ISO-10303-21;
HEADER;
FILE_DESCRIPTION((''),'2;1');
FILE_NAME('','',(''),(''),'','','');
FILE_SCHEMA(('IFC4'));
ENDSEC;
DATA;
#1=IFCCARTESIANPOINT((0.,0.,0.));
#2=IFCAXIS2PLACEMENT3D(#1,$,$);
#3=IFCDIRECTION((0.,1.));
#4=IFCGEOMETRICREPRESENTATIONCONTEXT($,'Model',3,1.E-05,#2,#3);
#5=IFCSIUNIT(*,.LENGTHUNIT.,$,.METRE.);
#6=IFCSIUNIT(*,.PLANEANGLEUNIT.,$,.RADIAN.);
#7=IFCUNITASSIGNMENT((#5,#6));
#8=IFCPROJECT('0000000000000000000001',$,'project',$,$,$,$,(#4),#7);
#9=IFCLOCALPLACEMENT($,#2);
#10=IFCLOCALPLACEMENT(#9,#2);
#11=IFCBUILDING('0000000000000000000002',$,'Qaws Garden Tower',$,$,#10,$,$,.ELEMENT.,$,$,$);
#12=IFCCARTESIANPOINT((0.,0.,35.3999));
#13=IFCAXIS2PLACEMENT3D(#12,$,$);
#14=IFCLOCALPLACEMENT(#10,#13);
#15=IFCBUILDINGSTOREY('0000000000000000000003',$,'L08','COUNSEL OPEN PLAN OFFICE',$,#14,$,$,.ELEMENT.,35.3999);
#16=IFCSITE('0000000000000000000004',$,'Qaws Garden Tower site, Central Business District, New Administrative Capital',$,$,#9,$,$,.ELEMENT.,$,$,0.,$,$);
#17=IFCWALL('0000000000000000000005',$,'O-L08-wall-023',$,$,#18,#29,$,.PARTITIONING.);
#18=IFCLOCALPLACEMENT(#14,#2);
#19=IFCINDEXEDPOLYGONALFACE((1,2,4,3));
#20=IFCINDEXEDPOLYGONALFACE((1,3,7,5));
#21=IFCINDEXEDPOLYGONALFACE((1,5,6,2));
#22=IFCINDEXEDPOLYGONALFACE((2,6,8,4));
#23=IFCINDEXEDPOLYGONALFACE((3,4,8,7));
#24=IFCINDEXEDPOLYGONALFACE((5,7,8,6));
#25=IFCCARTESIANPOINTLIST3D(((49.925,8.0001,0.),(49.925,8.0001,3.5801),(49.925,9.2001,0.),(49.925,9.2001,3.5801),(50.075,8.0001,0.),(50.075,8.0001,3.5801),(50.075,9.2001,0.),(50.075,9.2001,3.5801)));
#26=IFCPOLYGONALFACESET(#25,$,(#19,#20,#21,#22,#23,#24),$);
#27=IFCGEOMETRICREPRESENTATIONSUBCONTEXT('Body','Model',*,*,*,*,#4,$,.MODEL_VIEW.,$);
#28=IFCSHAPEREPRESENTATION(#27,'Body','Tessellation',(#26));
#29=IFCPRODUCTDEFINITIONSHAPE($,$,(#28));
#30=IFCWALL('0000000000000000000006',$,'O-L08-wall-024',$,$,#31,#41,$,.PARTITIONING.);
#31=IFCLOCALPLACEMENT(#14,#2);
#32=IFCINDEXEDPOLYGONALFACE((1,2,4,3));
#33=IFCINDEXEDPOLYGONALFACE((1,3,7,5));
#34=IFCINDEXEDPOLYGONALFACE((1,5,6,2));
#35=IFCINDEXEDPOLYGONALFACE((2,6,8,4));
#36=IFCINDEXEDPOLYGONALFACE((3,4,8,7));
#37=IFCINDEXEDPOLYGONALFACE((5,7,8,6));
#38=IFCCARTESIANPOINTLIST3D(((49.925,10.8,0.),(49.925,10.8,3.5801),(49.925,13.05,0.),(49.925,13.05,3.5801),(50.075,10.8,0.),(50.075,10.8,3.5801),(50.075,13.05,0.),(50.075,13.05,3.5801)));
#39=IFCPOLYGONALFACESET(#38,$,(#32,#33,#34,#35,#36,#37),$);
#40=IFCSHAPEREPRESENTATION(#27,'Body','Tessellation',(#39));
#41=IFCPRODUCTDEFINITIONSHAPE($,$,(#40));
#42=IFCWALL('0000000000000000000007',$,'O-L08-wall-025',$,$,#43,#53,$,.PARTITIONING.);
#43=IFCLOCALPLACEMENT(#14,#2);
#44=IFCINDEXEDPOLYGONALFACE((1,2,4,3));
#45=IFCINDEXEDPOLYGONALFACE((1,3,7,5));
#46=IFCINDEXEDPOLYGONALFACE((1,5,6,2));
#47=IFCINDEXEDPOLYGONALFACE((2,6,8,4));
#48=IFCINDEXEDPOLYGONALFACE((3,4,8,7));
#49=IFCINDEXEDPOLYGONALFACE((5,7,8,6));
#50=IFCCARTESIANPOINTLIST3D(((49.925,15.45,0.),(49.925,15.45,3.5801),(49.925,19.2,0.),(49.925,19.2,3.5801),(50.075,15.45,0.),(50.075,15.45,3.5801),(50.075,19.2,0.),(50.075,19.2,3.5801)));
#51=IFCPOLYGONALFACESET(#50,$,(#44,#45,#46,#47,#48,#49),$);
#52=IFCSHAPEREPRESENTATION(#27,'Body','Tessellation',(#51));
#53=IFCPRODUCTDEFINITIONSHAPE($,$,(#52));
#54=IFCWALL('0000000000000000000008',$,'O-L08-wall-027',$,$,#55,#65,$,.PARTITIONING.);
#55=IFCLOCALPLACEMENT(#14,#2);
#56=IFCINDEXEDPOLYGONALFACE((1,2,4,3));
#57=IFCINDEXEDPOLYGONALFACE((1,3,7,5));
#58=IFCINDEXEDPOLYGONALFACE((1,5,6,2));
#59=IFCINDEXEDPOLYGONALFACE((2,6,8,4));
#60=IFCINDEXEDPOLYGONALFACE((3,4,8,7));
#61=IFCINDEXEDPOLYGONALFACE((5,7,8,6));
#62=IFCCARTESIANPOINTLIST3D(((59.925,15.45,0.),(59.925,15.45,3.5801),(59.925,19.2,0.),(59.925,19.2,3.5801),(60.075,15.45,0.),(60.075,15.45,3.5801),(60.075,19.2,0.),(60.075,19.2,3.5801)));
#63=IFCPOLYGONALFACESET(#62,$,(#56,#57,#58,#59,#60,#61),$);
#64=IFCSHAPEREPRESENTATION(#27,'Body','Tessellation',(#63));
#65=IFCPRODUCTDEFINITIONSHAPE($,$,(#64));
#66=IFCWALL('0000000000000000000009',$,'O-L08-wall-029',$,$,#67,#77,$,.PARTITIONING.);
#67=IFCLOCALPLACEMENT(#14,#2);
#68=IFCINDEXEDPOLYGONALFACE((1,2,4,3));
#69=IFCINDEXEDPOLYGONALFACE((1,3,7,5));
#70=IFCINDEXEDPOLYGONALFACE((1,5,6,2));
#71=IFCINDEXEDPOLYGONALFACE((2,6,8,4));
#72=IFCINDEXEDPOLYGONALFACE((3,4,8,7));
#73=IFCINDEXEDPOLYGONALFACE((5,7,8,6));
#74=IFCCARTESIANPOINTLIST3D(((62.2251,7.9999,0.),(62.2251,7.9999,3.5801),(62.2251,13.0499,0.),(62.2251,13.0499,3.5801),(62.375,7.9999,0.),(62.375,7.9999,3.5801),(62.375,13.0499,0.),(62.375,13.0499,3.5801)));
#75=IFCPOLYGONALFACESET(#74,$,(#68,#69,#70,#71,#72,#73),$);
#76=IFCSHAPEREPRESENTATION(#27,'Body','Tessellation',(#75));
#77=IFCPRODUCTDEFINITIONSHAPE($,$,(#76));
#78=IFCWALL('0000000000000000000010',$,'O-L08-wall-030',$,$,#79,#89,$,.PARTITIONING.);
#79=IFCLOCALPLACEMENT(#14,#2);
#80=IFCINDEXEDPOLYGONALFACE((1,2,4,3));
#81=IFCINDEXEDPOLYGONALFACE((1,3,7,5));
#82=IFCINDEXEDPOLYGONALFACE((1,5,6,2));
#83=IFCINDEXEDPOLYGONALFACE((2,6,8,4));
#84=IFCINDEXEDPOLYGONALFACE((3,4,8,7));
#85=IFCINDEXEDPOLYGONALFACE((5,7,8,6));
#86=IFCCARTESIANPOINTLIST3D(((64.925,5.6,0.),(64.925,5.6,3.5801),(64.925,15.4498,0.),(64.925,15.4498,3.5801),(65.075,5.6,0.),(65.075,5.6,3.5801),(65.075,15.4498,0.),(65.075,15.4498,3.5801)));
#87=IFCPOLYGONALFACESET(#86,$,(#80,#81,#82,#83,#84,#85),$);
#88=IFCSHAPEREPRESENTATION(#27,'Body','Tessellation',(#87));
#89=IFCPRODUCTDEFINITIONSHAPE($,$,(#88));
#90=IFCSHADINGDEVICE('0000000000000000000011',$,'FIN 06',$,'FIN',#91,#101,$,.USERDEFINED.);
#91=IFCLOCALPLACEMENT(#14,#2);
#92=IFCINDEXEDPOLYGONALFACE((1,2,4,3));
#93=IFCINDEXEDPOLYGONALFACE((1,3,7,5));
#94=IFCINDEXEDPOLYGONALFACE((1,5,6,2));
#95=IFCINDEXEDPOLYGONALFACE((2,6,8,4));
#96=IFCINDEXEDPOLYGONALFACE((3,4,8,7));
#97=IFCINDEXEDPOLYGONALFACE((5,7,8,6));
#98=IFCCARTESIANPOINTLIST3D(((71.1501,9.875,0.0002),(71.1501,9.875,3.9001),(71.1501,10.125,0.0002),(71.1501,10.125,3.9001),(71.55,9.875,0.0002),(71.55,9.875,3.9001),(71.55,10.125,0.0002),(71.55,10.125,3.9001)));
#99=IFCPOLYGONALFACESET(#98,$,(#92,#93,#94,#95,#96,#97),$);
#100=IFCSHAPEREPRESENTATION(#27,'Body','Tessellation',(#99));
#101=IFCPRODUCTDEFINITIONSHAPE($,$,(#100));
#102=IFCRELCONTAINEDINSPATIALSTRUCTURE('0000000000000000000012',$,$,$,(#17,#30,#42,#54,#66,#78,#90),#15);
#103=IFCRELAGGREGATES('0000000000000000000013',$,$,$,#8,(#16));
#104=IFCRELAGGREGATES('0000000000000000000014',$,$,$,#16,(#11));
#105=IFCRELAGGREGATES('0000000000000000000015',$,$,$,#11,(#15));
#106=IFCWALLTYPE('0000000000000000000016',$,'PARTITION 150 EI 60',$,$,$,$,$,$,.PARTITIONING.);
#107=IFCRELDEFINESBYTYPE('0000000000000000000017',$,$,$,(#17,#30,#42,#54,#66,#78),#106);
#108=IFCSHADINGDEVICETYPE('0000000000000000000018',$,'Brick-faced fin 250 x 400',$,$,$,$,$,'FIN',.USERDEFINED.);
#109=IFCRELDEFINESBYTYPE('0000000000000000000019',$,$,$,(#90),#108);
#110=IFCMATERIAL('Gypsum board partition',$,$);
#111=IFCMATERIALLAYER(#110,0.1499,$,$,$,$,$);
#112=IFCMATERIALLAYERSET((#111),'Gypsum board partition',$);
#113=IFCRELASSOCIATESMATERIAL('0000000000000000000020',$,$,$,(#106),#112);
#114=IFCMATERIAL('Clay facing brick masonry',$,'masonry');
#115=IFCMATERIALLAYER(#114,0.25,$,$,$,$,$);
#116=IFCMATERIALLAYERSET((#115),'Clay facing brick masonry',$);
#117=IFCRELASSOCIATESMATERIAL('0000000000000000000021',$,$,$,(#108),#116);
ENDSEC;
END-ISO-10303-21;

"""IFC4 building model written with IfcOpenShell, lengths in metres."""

from ifc_helpers import new_model, si_unit, direction, frame, frame_2d, origin, origin_2d, place, context, subcontext, project, spatial, rectangle, extrude, material, layer, layer_set, type_object, element, save


model = new_model("IFC4")

# Units and contexts
model_context = context("Model", 3, precision=1e-05, world=origin(), true_north=direction((0.0, 1.0)))
body_context = subcontext(model_context, "Body", "Model", "MODEL_VIEW")
ifc_project = project(units=[si_unit("LENGTHUNIT", "METRE"), si_unit("PLANEANGLEUNIT", "RADIAN")], contexts=[model_context])

# Site, building, storey
site_placement = place(None, origin())
site = spatial("IfcSite", under=ifc_project, at=site_placement, Name="Qaws Garden Tower site, Central Business District, New Administrative Capital", CompositionType="ELEMENT", RefElevation=0.0)
building_placement = place(site_placement, origin())
building = spatial("IfcBuilding", under=site, at=building_placement, Name="Qaws Garden Tower", CompositionType="ELEMENT")
storey_placement = place(building_placement, frame((0.0, 0.0, 35.3999)))
storey = spatial("IfcBuildingStorey", under=building, at=storey_placement, Name="L08", Description="COUNSEL OPEN PLAN OFFICE", CompositionType="ELEMENT", Elevation=35.3999)

# Walls
ifc_material_1 = material(Name="Gypsum board partition")
ifc_layer_1 = layer(ifc_material_1, 0.1499)
ifc_layer_set_1 = layer_set([ifc_layer_1], Name="Gypsum board partition")
wall_type_1 = type_object("IfcWallType", Name="PARTITION 150 EI 60", PredefinedType="PARTITIONING", material=ifc_layer_set_1)
wall_1_placement = place(storey_placement, frame((50.0, 8.0, 0.0), z_axis=(0.0, 0.0, 1.0), x_axis=(0.0, 1.0, 0.0)))
element("IfcWall", 1, at=wall_1_placement, inside=storey, type_object=wall_type_1, Name="O-L08-wall-023", PredefinedType="PARTITIONING", context=body_context, shape_type="SweptSolid", body=[
    extrude(rectangle(XDim=1.2, YDim=0.1499, at=frame_2d((0.6001, 0.0))), origin(), (0.0, 0.0, 1.0), 3.5801),
])
wall_2_placement = place(storey_placement, frame((50.0, 10.8, 0.0), z_axis=(0.0, 0.0, 1.0), x_axis=(0.0, 1.0, 0.0)))
element("IfcWall", 2, at=wall_2_placement, inside=storey, type_object=wall_type_1, Name="O-L08-wall-024", PredefinedType="PARTITIONING", context=body_context, shape_type="SweptSolid", body=[
    extrude(rectangle(XDim=2.25, YDim=0.1499, at=frame_2d((1.125, 0.0))), origin(), (0.0, 0.0, 1.0), 3.5801),
])
for number, where, z_axis, x_axis, name in (
    (3, (50.0, 15.45, 0.0), (0.0, 0.0, 1.0), (0.0, 1.0, 0.0), "O-L08-wall-025"),
    (4, (60.0, 15.45, 0.0), (0.0, 0.0, 1.0), (0.0, 1.0, 0.0), "O-L08-wall-027"),
):
    element("IfcWall", number, at=place(storey_placement, frame(where, z_axis=z_axis, x_axis=x_axis)), inside=storey, type_object=wall_type_1, Name=name, PredefinedType="PARTITIONING", context=body_context, shape_type="SweptSolid", body=[
        extrude(rectangle(XDim=3.75, YDim=0.1499, at=frame_2d((1.875, 0.0))), origin(), (0.0, 0.0, 1.0), 3.5801),
    ])
wall_3_placement = place(storey_placement, frame((62.3, 8.0, 0.0), z_axis=(0.0, 0.0, 1.0), x_axis=(0.0, 1.0, 0.0)))
element("IfcWall", 5, at=wall_3_placement, inside=storey, type_object=wall_type_1, Name="O-L08-wall-029", PredefinedType="PARTITIONING", context=body_context, shape_type="SweptSolid", body=[
    extrude(rectangle(XDim=5.05, YDim=0.1499, at=frame_2d((2.5249, 0.0))), origin(), (0.0, 0.0, 1.0), 3.5801),
])
wall_4_placement = place(storey_placement, frame((65.0, 5.6001, 0.0), z_axis=(0.0, 0.0, 1.0), x_axis=(0.0, 1.0, 0.0)))
element("IfcWall", 6, at=wall_4_placement, inside=storey, type_object=wall_type_1, Name="O-L08-wall-030", PredefinedType="PARTITIONING", context=body_context, shape_type="SweptSolid", body=[
    extrude(rectangle(XDim=9.8499, YDim=0.1499, at=frame_2d((4.9248, 0.0))), origin(), (0.0, 0.0, 1.0), 3.5801),
])

# Shading device
ifc_material_2 = material(Name="Clay facing brick masonry", Category="masonry")
ifc_layer_2 = layer(ifc_material_2, 0.25)
ifc_layer_set_2 = layer_set([ifc_layer_2], Name="Clay facing brick masonry")
shading_device_type = type_object("IfcShadingDeviceType", Name="Brick-faced fin 250 x 400", ElementType="FIN", PredefinedType="USERDEFINED", material=ifc_layer_set_2)
shading_device_placement = place(storey_placement, frame((71.3501, 10.0, 0.0002), z_axis=(0.0, 0.0, 1.0), x_axis=(0.0, 1.0, 0.0)))
element("IfcShadingDevice", 7, at=shading_device_placement, inside=storey, type_object=shading_device_type, Name="FIN 06", ObjectType="FIN", PredefinedType="USERDEFINED", context=body_context, shape_type="SweptSolid", body=[
    extrude(rectangle(XDim=0.25, YDim=0.3999, at=origin_2d()), origin(), (0.0, 0.0, 1.0), 3.8999),
])

save(model, "model.ifc")
